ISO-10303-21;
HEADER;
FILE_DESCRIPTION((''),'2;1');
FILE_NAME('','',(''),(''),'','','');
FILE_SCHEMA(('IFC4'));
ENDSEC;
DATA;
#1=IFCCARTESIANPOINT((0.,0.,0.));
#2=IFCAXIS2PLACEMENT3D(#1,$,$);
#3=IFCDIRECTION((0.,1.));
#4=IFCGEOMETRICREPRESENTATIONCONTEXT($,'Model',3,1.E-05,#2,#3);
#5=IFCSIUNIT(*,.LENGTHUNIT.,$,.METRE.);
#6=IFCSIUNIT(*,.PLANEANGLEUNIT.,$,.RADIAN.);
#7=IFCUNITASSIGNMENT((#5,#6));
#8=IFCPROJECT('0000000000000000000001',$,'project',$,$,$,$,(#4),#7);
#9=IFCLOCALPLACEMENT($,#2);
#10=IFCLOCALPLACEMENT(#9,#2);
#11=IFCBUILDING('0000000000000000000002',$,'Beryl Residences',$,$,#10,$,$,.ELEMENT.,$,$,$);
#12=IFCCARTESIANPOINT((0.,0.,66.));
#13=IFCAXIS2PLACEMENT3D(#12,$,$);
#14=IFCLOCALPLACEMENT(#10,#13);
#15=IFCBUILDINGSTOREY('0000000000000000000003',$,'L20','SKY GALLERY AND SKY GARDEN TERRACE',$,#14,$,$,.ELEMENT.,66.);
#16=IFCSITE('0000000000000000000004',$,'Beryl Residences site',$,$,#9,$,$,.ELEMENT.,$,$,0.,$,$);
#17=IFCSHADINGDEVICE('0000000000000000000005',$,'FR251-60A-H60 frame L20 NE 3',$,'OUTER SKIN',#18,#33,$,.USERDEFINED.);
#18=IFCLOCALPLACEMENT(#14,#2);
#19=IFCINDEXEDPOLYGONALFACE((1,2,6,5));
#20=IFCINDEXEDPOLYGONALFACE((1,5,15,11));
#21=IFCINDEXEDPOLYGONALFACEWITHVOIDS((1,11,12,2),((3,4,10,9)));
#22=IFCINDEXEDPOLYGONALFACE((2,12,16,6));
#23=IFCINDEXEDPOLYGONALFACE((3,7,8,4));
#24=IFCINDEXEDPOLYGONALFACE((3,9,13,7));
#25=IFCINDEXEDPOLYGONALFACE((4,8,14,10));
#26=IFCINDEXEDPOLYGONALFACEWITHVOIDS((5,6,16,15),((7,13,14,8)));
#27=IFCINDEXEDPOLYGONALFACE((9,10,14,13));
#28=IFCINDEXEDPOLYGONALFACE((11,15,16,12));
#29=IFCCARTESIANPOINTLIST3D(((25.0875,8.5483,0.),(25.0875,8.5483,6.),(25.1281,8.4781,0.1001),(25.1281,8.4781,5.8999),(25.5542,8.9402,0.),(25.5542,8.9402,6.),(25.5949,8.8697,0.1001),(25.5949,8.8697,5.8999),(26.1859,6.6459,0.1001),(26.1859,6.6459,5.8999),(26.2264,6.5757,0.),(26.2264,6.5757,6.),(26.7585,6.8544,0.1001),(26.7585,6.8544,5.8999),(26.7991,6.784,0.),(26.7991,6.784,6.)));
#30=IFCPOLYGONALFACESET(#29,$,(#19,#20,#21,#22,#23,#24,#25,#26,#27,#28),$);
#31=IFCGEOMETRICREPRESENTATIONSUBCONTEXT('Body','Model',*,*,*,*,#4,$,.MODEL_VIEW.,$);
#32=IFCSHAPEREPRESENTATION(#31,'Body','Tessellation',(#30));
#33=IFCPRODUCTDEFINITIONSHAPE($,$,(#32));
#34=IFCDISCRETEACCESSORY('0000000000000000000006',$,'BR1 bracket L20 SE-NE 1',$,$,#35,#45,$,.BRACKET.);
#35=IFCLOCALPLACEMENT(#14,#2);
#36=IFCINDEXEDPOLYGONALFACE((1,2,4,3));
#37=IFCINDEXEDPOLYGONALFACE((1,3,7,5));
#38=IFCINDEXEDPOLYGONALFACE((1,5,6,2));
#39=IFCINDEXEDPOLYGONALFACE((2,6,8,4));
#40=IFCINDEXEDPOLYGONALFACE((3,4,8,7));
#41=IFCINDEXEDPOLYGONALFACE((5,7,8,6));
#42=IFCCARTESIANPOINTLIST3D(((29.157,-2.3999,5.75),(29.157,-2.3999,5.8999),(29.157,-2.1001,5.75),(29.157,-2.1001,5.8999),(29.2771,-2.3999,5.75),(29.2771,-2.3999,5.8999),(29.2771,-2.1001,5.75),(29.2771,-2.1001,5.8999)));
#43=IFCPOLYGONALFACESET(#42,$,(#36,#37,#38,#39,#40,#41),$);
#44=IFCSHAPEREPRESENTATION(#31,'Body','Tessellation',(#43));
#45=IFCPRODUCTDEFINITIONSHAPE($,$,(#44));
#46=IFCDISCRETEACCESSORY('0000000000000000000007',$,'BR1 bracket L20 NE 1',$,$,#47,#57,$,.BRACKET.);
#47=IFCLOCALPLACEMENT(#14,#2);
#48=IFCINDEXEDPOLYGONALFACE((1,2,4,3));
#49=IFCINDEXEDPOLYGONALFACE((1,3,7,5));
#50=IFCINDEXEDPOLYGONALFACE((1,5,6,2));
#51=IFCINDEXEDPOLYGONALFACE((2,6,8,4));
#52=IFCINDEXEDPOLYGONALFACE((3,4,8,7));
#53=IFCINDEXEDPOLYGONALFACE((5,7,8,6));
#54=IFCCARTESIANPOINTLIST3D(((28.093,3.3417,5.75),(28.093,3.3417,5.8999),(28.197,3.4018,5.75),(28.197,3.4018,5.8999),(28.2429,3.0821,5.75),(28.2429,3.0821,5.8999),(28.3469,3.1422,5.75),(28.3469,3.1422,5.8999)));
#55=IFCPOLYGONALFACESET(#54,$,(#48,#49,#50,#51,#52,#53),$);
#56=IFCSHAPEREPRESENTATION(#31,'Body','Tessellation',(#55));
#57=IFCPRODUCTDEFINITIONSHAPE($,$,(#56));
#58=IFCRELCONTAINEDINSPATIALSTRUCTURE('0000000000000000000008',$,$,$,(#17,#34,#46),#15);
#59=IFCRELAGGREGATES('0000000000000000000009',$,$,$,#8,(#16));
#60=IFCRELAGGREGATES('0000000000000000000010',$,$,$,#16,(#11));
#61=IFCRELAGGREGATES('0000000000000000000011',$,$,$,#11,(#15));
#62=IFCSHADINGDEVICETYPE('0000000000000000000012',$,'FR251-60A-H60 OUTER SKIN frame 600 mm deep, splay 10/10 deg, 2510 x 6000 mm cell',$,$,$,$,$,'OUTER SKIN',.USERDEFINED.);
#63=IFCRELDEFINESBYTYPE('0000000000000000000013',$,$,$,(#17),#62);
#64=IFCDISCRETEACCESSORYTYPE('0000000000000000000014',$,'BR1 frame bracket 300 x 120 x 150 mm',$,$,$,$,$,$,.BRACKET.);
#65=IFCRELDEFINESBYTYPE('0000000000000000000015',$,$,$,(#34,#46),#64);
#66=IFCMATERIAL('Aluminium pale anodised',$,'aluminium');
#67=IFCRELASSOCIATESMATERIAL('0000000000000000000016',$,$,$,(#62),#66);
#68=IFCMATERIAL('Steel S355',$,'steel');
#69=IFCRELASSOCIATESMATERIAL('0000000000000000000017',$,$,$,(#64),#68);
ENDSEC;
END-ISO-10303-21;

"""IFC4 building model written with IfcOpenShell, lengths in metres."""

from ifc_helpers import new_model, entity, si_unit, direction, frame, origin, place, context, subcontext, project, spatial, polyline, outline, extrude, source, transform, mapped, material, type_object, type_shapes, element, save


model = new_model("IFC4")

# Units and contexts
model_context = context("Model", 3, precision=1e-05, world=origin(), true_north=direction((0.0, 1.0)))
body_context = subcontext(model_context, "Body", "Model", "MODEL_VIEW")
ifc_project = project(units=[si_unit("LENGTHUNIT", "METRE"), si_unit("PLANEANGLEUNIT", "RADIAN")], contexts=[model_context])

# Site, building, storey
site_placement = place(None, origin())
site = spatial("IfcSite", under=ifc_project, at=site_placement, Name="Beryl Residences site", CompositionType="ELEMENT", RefElevation=0.0)
building_placement = place(site_placement, origin())
building = spatial("IfcBuilding", under=site, at=building_placement, Name="Beryl Residences", CompositionType="ELEMENT")
storey_placement = place(building_placement, frame((0.0, 0.0, 66.0)))
storey = spatial("IfcBuildingStorey", under=building, at=storey_placement, Name="L20", Description="SKY GALLERY AND SKY GARDEN TERRACE", CompositionType="ELEMENT", Elevation=66.0)

# Shading device
ifc_material_1 = material(Name="Aluminium pale anodised", Category="aluminium")
shading_device_type_1 = type_object("IfcShadingDeviceType", Name="FR251-60A-H60 OUTER SKIN frame 600 mm deep, splay 10/10 deg, 2510 x 6000 mm cell", ElementType="OUTER SKIN", PredefinedType="USERDEFINED", material=ifc_material_1)
cartesian_point_1 = entity("IfcCartesianPoint", [-1.1389, 0.0])
cartesian_point_2 = entity("IfcCartesianPoint", [-1.0579, 0.1001])
cartesian_point_3 = entity("IfcCartesianPoint", [-1.2449, 0.0])
cartesian_point_4 = entity("IfcCartesianPoint", [-1.1636, 0.1001])
shared_shape_1 = source(origin(), body_context, "Body", "SweptSolid", [
    entity("IfcExtrudedAreaSolidTapered", entity("IfcArbitraryProfileDefWithVoids", "AREA", None, entity("IfcPolyline", [cartesian_point_1, entity("IfcCartesianPoint", [1.1389, 0.0]), entity("IfcCartesianPoint", [1.1389, 6.0]), entity("IfcCartesianPoint", [-1.1389, 6.0]), cartesian_point_1]), [entity("IfcPolyline", [cartesian_point_2, entity("IfcCartesianPoint", [1.0579, 0.1001]), entity("IfcCartesianPoint", [1.0579, 5.8999]), entity("IfcCartesianPoint", [-1.0579, 5.8999]), cartesian_point_2])]), entity("IfcAxis2Placement3D", entity("IfcCartesianPoint", [0.0, 0.0, 0.0]), entity("IfcDirection", [0.0, 1.0, 0.0]), entity("IfcDirection", [-1.0, 0.0, 0.0])), entity("IfcDirection", [0.0, 0.0, 1.0]), 0.6001, entity("IfcArbitraryProfileDefWithVoids", "AREA", None, entity("IfcPolyline", [cartesian_point_3, entity("IfcCartesianPoint", [1.2449, 0.0]), entity("IfcCartesianPoint", [1.2449, 6.0]), entity("IfcCartesianPoint", [-1.2449, 6.0]), cartesian_point_3]), [entity("IfcPolyline", [cartesian_point_4, entity("IfcCartesianPoint", [1.1636, 0.1001]), entity("IfcCartesianPoint", [1.1636, 5.8999]), entity("IfcCartesianPoint", [-1.1636, 5.8999]), cartesian_point_4])])),
])
type_shapes(shading_device_type_1, [shared_shape_1])
for number, where, z_axis, x_axis, name in (
    (1, (25.657, 7.562, 0.0), (0.0, 0.0, 1.0), (0.5, -0.866025, 0.0), "FR251-60A-H60 frame L20 NE 3"),
):
    element("IfcShadingDevice", number, at=place(storey_placement, frame(where, z_axis=z_axis, x_axis=x_axis)), inside=storey, type_object=shading_device_type_1, Name=name, ObjectType="OUTER SKIN", PredefinedType="USERDEFINED", context=body_context, shape_type="MappedRepresentation", body=[
        mapped(shared_shape_1, transform((0.0, 0.0, 0.0))),
    ])

# Discrete accessories
ifc_material_2 = material(Name="Steel S355", Category="steel")
discrete_accessory_type = type_object("IfcDiscreteAccessoryType", Name="BR1 frame bracket 300 x 120 x 150 mm", PredefinedType="BRACKET", material=ifc_material_2)
shared_shape_2 = source(origin(), body_context, "Body", "SweptSolid", [
    extrude(outline(polyline([(-0.1499, 0.0), (0.1499, 0.0), (0.1499, 0.1201), (-0.1499, 0.1201), (-0.1499, 0.0)])), origin(), (0.0, 0.0, 1.0), 0.1499),
])
type_shapes(discrete_accessory_type, [shared_shape_2])
for number, where, z_axis, x_axis, name in (
    (2, (29.157, -2.25, 5.75), (0.0, 0.0, 1.0), (0.0, -1.0, 0.0), "BR1 bracket L20 SE-NE 1"),
    (3, (28.168, 3.2119, 5.75), (0.0, 0.0, 1.0), (0.5, -0.866025, 0.0), "BR1 bracket L20 NE 1"),
):
    element("IfcDiscreteAccessory", number, at=place(storey_placement, frame(where, z_axis=z_axis, x_axis=x_axis)), inside=storey, type_object=discrete_accessory_type, Name=name, PredefinedType="BRACKET", context=body_context, shape_type="MappedRepresentation", body=[
        mapped(shared_shape_2, transform((0.0, 0.0, 0.0))),
    ])

save(model, "model.ifc")
